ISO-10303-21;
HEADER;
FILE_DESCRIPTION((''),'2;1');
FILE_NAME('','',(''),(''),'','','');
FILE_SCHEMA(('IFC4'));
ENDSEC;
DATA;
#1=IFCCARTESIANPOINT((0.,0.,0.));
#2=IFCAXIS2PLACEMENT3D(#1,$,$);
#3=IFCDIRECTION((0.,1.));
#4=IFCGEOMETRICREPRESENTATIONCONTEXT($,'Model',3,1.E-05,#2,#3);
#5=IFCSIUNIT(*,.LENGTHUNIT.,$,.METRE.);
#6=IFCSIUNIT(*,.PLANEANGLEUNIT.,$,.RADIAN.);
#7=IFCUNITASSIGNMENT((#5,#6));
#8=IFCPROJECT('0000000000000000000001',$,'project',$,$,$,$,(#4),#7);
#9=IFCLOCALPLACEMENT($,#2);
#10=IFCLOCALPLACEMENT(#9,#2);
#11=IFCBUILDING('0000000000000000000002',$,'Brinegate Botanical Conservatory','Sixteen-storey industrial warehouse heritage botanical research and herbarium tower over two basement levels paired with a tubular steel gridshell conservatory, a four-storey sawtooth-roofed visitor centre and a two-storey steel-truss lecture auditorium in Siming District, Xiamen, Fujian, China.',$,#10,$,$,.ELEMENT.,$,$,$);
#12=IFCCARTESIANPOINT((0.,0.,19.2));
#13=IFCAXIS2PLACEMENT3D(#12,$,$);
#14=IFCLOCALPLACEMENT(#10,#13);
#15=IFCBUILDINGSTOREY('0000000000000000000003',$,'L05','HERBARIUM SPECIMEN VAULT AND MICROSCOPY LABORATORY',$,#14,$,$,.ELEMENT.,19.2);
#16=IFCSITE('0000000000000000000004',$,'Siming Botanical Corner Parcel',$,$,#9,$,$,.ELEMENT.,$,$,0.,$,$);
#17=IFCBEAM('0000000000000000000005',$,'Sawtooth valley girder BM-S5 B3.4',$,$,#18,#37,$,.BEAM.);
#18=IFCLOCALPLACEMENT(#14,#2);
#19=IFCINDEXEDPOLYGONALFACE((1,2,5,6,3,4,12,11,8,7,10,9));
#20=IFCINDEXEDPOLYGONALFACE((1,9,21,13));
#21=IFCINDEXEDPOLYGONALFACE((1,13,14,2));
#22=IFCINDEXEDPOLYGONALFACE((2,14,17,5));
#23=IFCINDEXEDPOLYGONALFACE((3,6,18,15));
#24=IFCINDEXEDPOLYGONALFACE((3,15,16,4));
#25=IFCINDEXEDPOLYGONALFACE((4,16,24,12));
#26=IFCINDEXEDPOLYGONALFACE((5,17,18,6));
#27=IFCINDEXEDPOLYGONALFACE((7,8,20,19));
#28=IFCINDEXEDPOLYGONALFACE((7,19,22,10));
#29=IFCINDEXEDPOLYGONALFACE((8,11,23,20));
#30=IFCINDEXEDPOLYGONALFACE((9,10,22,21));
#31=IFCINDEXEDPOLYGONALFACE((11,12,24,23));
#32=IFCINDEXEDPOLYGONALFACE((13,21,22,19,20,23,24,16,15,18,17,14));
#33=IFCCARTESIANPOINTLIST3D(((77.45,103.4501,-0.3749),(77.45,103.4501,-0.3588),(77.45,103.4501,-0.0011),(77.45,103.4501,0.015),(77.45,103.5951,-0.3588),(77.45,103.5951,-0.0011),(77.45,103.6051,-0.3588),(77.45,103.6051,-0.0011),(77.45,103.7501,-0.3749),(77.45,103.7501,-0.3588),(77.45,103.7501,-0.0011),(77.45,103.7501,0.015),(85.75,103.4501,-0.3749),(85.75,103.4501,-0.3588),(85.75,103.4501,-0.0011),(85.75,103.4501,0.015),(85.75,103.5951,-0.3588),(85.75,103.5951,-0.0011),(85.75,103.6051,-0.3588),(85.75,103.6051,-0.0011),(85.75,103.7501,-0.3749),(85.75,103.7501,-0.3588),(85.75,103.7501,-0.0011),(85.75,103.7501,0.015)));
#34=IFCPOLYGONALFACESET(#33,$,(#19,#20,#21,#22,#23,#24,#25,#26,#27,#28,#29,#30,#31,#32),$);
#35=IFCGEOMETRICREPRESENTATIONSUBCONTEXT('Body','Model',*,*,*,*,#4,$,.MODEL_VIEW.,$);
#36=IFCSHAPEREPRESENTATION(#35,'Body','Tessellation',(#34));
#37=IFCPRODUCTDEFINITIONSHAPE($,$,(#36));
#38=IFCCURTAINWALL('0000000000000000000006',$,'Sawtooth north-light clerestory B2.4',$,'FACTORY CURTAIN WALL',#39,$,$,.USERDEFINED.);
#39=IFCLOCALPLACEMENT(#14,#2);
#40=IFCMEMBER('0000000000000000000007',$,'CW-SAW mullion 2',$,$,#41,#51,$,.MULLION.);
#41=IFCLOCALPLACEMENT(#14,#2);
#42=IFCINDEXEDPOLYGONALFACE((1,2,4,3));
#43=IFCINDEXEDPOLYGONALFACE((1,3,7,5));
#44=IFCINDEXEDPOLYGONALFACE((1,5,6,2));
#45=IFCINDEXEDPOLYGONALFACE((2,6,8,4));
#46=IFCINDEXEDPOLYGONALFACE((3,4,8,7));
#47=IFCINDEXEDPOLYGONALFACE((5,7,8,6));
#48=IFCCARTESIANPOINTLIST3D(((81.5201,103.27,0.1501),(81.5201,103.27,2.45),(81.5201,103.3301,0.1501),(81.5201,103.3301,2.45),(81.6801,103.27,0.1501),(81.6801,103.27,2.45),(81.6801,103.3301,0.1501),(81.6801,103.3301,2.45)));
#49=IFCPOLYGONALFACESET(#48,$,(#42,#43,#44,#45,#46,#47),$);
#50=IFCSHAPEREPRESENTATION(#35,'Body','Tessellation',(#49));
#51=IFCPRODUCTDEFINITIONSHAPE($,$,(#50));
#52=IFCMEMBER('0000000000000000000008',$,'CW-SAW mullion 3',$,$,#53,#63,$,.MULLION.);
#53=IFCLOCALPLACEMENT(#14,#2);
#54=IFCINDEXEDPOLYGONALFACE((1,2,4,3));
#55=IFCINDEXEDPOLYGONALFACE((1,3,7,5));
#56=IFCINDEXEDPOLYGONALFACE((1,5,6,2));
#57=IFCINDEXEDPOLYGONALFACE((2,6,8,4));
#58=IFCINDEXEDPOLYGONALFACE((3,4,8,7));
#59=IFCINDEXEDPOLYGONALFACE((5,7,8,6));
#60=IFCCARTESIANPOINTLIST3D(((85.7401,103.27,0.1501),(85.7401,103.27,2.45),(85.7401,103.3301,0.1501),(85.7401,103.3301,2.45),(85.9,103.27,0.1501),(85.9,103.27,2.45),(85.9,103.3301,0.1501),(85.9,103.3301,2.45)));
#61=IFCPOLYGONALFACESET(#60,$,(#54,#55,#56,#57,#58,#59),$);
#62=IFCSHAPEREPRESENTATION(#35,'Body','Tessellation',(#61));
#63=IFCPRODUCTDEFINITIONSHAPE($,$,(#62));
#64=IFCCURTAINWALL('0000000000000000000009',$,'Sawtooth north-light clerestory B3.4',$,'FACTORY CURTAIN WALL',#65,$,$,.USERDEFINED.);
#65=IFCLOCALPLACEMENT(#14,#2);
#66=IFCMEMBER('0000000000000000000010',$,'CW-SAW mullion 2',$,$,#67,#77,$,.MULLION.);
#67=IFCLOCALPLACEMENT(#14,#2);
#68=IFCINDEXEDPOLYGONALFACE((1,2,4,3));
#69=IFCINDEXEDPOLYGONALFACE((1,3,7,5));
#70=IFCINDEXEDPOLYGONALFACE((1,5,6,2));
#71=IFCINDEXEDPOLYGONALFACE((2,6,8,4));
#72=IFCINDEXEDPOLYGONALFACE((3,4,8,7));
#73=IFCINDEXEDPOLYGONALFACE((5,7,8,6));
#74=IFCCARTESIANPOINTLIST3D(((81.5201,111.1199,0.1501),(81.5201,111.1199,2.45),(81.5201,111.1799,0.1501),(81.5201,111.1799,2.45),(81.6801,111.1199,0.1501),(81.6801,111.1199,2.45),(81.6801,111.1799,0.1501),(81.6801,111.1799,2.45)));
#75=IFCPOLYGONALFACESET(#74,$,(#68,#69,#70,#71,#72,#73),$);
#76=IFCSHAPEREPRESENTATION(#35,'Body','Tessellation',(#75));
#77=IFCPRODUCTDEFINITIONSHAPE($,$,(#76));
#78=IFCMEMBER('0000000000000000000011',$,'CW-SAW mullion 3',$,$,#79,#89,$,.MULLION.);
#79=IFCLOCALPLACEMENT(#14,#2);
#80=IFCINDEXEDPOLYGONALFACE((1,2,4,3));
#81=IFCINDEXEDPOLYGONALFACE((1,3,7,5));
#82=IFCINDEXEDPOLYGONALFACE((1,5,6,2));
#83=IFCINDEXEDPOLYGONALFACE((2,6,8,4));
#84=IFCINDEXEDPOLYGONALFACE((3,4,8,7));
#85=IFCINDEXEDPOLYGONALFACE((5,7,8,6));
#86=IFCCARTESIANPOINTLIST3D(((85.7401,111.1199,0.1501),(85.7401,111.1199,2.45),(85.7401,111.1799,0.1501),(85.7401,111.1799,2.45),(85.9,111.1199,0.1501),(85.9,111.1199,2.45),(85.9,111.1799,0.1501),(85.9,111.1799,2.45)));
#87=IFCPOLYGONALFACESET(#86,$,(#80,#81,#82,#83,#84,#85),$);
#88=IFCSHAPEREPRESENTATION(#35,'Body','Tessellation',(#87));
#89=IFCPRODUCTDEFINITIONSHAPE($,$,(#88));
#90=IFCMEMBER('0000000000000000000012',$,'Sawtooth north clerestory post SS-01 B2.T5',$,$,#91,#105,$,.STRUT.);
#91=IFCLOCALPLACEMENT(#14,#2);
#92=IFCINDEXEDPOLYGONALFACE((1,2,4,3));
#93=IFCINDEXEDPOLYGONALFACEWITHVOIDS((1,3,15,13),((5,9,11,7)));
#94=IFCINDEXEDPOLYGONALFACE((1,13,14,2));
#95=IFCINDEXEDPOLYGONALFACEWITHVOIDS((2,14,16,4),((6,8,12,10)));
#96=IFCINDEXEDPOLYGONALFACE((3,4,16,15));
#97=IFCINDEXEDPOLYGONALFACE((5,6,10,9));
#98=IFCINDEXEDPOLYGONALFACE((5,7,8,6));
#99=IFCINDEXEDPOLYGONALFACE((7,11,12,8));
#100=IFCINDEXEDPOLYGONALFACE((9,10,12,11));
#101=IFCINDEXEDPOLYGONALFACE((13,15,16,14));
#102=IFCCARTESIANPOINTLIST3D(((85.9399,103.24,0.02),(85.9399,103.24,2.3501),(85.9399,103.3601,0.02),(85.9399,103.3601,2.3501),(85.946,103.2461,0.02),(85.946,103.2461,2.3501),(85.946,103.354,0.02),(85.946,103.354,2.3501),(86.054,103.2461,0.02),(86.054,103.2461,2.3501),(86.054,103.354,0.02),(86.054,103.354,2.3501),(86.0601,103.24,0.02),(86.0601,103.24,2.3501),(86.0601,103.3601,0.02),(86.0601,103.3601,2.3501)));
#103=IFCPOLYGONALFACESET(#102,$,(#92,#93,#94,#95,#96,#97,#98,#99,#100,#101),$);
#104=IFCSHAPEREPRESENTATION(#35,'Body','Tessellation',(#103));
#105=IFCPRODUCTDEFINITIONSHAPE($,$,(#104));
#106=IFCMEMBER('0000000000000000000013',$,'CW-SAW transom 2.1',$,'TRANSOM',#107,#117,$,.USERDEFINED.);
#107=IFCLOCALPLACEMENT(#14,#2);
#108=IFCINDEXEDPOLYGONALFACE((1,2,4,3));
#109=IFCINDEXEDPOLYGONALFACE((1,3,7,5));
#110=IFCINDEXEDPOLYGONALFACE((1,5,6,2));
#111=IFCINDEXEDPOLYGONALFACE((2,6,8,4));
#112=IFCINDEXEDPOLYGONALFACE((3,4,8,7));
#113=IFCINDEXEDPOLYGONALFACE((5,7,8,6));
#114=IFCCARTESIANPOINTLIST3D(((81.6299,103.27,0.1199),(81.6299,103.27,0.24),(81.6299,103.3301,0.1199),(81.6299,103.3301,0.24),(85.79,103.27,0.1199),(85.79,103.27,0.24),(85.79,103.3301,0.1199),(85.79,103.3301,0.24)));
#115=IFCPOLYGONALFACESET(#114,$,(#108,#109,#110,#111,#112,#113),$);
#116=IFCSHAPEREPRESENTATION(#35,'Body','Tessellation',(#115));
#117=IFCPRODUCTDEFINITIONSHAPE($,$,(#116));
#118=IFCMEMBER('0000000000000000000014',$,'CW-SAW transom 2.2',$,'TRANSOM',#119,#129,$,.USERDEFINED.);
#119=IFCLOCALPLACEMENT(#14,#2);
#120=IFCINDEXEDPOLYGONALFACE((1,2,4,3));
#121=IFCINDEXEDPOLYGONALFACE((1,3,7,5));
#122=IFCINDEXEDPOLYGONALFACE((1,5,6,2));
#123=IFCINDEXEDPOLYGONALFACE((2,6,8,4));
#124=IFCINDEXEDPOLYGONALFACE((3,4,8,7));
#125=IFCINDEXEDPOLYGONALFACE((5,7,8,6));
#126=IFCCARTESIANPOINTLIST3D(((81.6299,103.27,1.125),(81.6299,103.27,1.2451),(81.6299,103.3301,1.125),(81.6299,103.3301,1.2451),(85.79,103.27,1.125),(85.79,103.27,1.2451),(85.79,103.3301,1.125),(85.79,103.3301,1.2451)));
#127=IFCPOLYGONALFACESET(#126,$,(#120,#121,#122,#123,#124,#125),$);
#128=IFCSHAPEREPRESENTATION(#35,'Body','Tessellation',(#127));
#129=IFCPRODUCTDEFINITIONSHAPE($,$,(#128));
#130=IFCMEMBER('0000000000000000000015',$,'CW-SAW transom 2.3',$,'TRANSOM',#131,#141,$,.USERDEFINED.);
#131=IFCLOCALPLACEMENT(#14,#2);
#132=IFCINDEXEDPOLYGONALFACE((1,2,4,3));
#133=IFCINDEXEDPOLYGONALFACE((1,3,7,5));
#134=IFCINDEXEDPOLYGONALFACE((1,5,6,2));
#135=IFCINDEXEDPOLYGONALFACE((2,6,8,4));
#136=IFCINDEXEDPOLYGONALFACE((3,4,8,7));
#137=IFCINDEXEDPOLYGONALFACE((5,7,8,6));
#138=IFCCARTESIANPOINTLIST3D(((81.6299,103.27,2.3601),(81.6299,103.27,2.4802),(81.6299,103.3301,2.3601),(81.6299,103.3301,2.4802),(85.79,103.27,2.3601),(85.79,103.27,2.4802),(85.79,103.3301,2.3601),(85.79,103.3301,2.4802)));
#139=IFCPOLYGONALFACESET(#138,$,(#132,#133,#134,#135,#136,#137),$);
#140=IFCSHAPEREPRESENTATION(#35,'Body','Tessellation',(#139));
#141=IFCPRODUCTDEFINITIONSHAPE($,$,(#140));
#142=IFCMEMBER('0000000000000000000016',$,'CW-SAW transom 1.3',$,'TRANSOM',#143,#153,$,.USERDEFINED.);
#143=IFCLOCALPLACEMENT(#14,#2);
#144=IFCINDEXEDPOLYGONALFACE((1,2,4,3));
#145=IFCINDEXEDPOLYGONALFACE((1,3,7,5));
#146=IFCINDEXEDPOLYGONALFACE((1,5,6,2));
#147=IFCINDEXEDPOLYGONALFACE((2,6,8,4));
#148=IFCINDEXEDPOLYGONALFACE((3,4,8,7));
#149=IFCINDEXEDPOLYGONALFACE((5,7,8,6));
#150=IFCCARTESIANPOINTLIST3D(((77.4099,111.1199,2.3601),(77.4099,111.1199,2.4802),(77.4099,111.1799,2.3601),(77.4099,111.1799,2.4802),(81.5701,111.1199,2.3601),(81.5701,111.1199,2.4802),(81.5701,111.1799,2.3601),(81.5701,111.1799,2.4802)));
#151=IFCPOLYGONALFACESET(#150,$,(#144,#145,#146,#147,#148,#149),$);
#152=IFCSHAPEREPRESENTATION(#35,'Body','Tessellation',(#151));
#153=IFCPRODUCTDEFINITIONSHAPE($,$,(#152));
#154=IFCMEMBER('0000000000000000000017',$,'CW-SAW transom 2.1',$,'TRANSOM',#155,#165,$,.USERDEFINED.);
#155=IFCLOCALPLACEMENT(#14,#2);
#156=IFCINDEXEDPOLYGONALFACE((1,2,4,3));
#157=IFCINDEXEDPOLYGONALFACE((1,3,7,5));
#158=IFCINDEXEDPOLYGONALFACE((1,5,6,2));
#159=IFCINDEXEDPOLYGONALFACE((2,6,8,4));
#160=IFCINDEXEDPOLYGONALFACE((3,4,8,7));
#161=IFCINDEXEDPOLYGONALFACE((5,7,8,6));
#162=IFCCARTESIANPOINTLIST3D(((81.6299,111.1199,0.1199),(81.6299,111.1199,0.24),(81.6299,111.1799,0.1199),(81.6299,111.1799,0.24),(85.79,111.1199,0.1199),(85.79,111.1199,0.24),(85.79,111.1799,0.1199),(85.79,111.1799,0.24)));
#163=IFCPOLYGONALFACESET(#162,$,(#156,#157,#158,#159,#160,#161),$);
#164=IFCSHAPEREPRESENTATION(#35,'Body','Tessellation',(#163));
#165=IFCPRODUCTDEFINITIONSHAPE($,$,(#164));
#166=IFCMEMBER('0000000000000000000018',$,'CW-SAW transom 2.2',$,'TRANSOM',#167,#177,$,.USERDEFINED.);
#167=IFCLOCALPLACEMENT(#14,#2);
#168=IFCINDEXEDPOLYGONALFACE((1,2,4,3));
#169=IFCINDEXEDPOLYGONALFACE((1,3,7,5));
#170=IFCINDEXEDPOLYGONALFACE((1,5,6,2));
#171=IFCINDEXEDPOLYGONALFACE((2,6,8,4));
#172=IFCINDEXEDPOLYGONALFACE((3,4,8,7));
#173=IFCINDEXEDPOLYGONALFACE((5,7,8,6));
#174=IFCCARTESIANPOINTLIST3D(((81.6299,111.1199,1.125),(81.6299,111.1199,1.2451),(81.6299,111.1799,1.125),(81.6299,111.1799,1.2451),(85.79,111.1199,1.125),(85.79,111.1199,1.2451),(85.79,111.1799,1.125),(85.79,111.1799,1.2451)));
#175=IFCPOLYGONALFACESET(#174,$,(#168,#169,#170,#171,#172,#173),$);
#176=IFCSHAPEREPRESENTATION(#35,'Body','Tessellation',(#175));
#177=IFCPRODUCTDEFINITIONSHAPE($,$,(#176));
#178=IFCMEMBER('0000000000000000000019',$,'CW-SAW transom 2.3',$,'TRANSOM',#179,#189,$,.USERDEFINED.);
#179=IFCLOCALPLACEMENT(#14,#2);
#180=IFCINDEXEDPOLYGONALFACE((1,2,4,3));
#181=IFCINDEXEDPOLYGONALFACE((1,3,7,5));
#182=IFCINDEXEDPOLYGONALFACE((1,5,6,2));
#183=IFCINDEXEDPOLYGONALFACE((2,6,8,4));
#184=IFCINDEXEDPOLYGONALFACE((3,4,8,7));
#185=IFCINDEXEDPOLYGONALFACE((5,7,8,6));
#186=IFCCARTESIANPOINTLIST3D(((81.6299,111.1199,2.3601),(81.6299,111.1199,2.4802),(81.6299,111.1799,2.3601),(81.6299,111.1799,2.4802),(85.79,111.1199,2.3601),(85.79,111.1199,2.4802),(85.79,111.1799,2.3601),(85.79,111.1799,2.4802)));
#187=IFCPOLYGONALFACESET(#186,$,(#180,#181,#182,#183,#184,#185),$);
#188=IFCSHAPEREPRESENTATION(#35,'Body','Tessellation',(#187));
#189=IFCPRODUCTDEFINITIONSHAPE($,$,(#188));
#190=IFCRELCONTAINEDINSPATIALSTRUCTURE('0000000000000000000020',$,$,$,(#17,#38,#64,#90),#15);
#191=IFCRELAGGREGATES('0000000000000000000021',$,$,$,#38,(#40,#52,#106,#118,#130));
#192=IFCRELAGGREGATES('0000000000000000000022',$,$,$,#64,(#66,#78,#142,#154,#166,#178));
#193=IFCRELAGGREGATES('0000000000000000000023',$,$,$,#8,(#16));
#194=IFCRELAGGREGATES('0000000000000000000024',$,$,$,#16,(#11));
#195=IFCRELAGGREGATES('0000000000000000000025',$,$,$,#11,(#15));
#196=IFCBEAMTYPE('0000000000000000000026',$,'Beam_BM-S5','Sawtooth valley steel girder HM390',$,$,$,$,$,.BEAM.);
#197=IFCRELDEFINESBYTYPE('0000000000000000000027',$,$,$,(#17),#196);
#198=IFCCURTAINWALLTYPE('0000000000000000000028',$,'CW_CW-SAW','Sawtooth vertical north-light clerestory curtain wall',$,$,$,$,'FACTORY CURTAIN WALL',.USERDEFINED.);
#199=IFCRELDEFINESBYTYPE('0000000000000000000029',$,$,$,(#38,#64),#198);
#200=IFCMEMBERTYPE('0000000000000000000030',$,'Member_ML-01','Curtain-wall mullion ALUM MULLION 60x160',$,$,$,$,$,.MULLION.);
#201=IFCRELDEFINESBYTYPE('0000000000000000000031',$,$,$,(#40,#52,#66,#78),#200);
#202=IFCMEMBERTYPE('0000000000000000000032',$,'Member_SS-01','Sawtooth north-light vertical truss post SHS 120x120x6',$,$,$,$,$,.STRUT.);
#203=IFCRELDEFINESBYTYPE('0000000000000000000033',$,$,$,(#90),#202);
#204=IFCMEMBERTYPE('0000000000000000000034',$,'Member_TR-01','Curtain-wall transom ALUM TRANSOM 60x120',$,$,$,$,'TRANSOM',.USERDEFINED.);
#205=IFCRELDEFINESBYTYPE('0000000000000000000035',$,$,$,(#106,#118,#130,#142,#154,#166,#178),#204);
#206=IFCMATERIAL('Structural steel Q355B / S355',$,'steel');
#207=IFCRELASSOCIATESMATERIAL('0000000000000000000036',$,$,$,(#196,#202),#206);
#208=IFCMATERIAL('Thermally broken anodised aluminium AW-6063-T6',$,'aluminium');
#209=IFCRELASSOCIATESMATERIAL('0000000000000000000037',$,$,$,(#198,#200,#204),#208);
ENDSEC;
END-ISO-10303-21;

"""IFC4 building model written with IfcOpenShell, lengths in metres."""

from ifc_helpers import new_model, si_unit, direction, frame, origin, origin_2d, place, context, subcontext, project, spatial, rectangle, hollow_rectangle, i_section, extrude, material, material_profile, profile_set, type_object, element, aggregate, save


model = new_model("IFC4")

# Units and contexts
model_context = context("Model", 3, precision=1e-05, world=origin(), true_north=direction((0.0, 1.0)))
body_context = subcontext(model_context, "Body", "Model", "MODEL_VIEW")
ifc_project = project(units=[si_unit("LENGTHUNIT", "METRE"), si_unit("PLANEANGLEUNIT", "RADIAN")], contexts=[model_context])

# Site, building, storey
site_placement = place(None, origin())
site = spatial("IfcSite", under=ifc_project, at=site_placement, Name="Siming Botanical Corner Parcel", CompositionType="ELEMENT", RefElevation=0.0)
building_placement = place(site_placement, origin())
building = spatial("IfcBuilding", under=site, at=building_placement, Name="Brinegate Botanical Conservatory", Description="Sixteen-storey industrial warehouse heritage botanical research and herbarium tower over two basement levels paired with a tubular steel gridshell conservatory, a four-storey sawtooth-roofed visitor centre and a two-storey steel-truss lecture auditorium in Siming District, Xiamen, Fujian, China.", CompositionType="ELEMENT")
storey_placement = place(building_placement, frame((0.0, 0.0, 19.2)))
storey = spatial("IfcBuildingStorey", under=building, at=storey_placement, Name="L05", Description="HERBARIUM SPECIMEN VAULT AND MICROSCOPY LABORATORY", CompositionType="ELEMENT", Elevation=19.2)

# Beam
ifc_material_1 = material(Name="Structural steel Q355B / S355", Category="steel")
ifc_material_profile_1 = material_profile(ifc_material_1, i_section(OverallWidth=0.3, OverallDepth=0.3899, WebThickness=0.01, FlangeThickness=0.0161, at=origin_2d()), Name="HM 390x300x10x16")
ifc_profile_set_1 = profile_set([ifc_material_profile_1], Name="Structural steel Q355B / S355")
beam_type = type_object("IfcBeamType", Name="Beam_BM-S5", Description="Sawtooth valley steel girder HM390", PredefinedType="BEAM", material=ifc_profile_set_1)
beam_placement = place(storey_placement, frame((77.45, 103.6001, -0.1799), z_axis=(1.0, 0.0, 0.0), x_axis=(0.0, 1.0, 0.0)))
element("IfcBeam", 1, at=beam_placement, inside=storey, type_object=beam_type, Name="Sawtooth valley girder BM-S5 B3.4", PredefinedType="BEAM", context=body_context, shape_type="SweptSolid", body=[
    extrude(i_section(OverallWidth=0.3, OverallDepth=0.3899, WebThickness=0.01, FlangeThickness=0.0161, at=origin_2d()), origin(), (0.0, 0.0, 1.0), 8.3),
])

# Curtain walls, members
ifc_material_2 = material(Name="Thermally broken anodised aluminium AW-6063-T6", Category="aluminium")
curtain_wall_type = type_object("IfcCurtainWallType", Name="CW_CW-SAW", Description="Sawtooth vertical north-light clerestory curtain wall", ElementType="FACTORY CURTAIN WALL", PredefinedType="USERDEFINED", material=ifc_material_2)
curtain_wall_1_placement = place(storey_placement, origin())
curtain_wall_1 = element("IfcCurtainWall", 2, at=curtain_wall_1_placement, inside=storey, type_object=curtain_wall_type, Name="Sawtooth north-light clerestory B2.4", ObjectType="FACTORY CURTAIN WALL", PredefinedType="USERDEFINED")
ifc_material_profile_2 = material_profile(ifc_material_2, rectangle(XDim=0.0601, YDim=0.1599, at=origin_2d()), Name="ALUM MULLION 60x160")
ifc_profile_set_2 = profile_set([ifc_material_profile_2], Name="Thermally broken anodised aluminium AW-6063-T6")
member_type_1 = type_object("IfcMemberType", Name="Member_ML-01", Description="Curtain-wall mullion ALUM MULLION 60x160", PredefinedType="MULLION", material=ifc_profile_set_2)
member_1_placement = place(storey_placement, frame((81.6001, 103.3, 0.1501), z_axis=(0.0, 0.0, 1.0), x_axis=(0.0, 1.0, 0.0)))
member_1 = element("IfcMember", 3, at=member_1_placement, type_object=member_type_1, Name="CW-SAW mullion 2", PredefinedType="MULLION", context=body_context, shape_type="SweptSolid", body=[
    extrude(rectangle(XDim=0.0601, YDim=0.1599, at=origin_2d()), origin(), (0.0, 0.0, 1.0), 2.2998),
])
member_2_placement = place(storey_placement, frame((85.8201, 103.3, 0.1501), z_axis=(0.0, 0.0, 1.0), x_axis=(0.0, 1.0, 0.0)))
member_2 = element("IfcMember", 4, at=member_2_placement, type_object=member_type_1, Name="CW-SAW mullion 3", PredefinedType="MULLION", context=body_context, shape_type="SweptSolid", body=[
    extrude(rectangle(XDim=0.0601, YDim=0.1599, at=origin_2d()), origin(), (0.0, 0.0, 1.0), 2.2998),
])
curtain_wall_2_placement = place(storey_placement, origin())
curtain_wall_2 = element("IfcCurtainWall", 5, at=curtain_wall_2_placement, inside=storey, type_object=curtain_wall_type, Name="Sawtooth north-light clerestory B3.4", ObjectType="FACTORY CURTAIN WALL", PredefinedType="USERDEFINED")
member_3_placement = place(storey_placement, frame((81.6001, 111.1499, 0.1501), z_axis=(0.0, 0.0, 1.0), x_axis=(0.0, 1.0, 0.0)))
member_3 = element("IfcMember", 6, at=member_3_placement, type_object=member_type_1, Name="CW-SAW mullion 2", PredefinedType="MULLION", context=body_context, shape_type="SweptSolid", body=[
    extrude(rectangle(XDim=0.0601, YDim=0.1599, at=origin_2d()), origin(), (0.0, 0.0, 1.0), 2.2998),
])
member_4_placement = place(storey_placement, frame((85.8201, 111.1499, 0.1501), z_axis=(0.0, 0.0, 1.0), x_axis=(0.0, 1.0, 0.0)))
member_4 = element("IfcMember", 7, at=member_4_placement, type_object=member_type_1, Name="CW-SAW mullion 3", PredefinedType="MULLION", context=body_context, shape_type="SweptSolid", body=[
    extrude(rectangle(XDim=0.0601, YDim=0.1599, at=origin_2d()), origin(), (0.0, 0.0, 1.0), 2.2998),
])

# Members
ifc_material_profile_3 = material_profile(ifc_material_1, hollow_rectangle(XDim=0.1201, YDim=0.1201, WallThickness=0.0061, at=origin_2d()), Name="SHS 120x120x6")
ifc_profile_set_3 = profile_set([ifc_material_profile_3], Name="Structural steel Q355B / S355")
member_type_2 = type_object("IfcMemberType", Name="Member_SS-01", Description="Sawtooth north-light vertical truss post SHS 120x120x6", PredefinedType="STRUT", material=ifc_profile_set_3)
member_5_placement = place(storey_placement, frame((86.0, 103.3, 0.02), z_axis=(0.0, 0.0, 1.0), x_axis=(1.0, 0.0, 0.0)))
element("IfcMember", 8, at=member_5_placement, inside=storey, type_object=member_type_2, Name="Sawtooth north clerestory post SS-01 B2.T5", PredefinedType="STRUT", context=body_context, shape_type="SweptSolid", body=[
    extrude(hollow_rectangle(XDim=0.1201, YDim=0.1201, WallThickness=0.0061, at=origin_2d()), origin(), (0.0, 0.0, 1.0), 2.3301),
])
ifc_material_profile_4 = material_profile(ifc_material_2, rectangle(XDim=0.0601, YDim=0.1201, at=origin_2d()), Name="ALUM TRANSOM 60x120")
ifc_profile_set_4 = profile_set([ifc_material_profile_4], Name="Thermally broken anodised aluminium AW-6063-T6")
member_type_3 = type_object("IfcMemberType", Name="Member_TR-01", Description="Curtain-wall transom ALUM TRANSOM 60x120", ElementType="TRANSOM", PredefinedType="USERDEFINED", material=ifc_profile_set_4)
member_6_placement = place(storey_placement, frame((81.6299, 103.3, 0.1799), z_axis=(1.0, 0.0, 0.0), x_axis=(0.0, 1.0, 0.0)))
member_6 = element("IfcMember", 9, at=member_6_placement, type_object=member_type_3, Name="CW-SAW transom 2.1", ObjectType="TRANSOM", PredefinedType="USERDEFINED", context=body_context, shape_type="SweptSolid", body=[
    extrude(rectangle(XDim=0.0601, YDim=0.1201, at=origin_2d()), origin(), (0.0, 0.0, 1.0), 4.1602),
])
member_7_placement = place(storey_placement, frame((81.6299, 103.3, 1.1851), z_axis=(1.0, 0.0, 0.0), x_axis=(0.0, 1.0, 0.0)))
member_7 = element("IfcMember", 10, at=member_7_placement, type_object=member_type_3, Name="CW-SAW transom 2.2", ObjectType="TRANSOM", PredefinedType="USERDEFINED", context=body_context, shape_type="SweptSolid", body=[
    extrude(rectangle(XDim=0.0601, YDim=0.1201, at=origin_2d()), origin(), (0.0, 0.0, 1.0), 4.1602),
])
member_8_placement = place(storey_placement, frame((81.6299, 103.3, 2.4202), z_axis=(1.0, 0.0, 0.0), x_axis=(0.0, 1.0, 0.0)))
member_8 = element("IfcMember", 11, at=member_8_placement, type_object=member_type_3, Name="CW-SAW transom 2.3", ObjectType="TRANSOM", PredefinedType="USERDEFINED", context=body_context, shape_type="SweptSolid", body=[
    extrude(rectangle(XDim=0.0601, YDim=0.1201, at=origin_2d()), origin(), (0.0, 0.0, 1.0), 4.1602),
])
member_9_placement = place(storey_placement, frame((77.4099, 111.1499, 2.4202), z_axis=(1.0, 0.0, 0.0), x_axis=(0.0, 1.0, 0.0)))
member_9 = element("IfcMember", 12, at=member_9_placement, type_object=member_type_3, Name="CW-SAW transom 1.3", ObjectType="TRANSOM", PredefinedType="USERDEFINED", context=body_context, shape_type="SweptSolid", body=[
    extrude(rectangle(XDim=0.0601, YDim=0.1201, at=origin_2d()), origin(), (0.0, 0.0, 1.0), 4.1602),
])
member_10_placement = place(storey_placement, frame((81.6299, 111.1499, 0.1799), z_axis=(1.0, 0.0, 0.0), x_axis=(0.0, 1.0, 0.0)))
member_10 = element("IfcMember", 13, at=member_10_placement, type_object=member_type_3, Name="CW-SAW transom 2.1", ObjectType="TRANSOM", PredefinedType="USERDEFINED", context=body_context, shape_type="SweptSolid", body=[
    extrude(rectangle(XDim=0.0601, YDim=0.1201, at=origin_2d()), origin(), (0.0, 0.0, 1.0), 4.1602),
])
member_11_placement = place(storey_placement, frame((81.6299, 111.1499, 1.1851), z_axis=(1.0, 0.0, 0.0), x_axis=(0.0, 1.0, 0.0)))
member_11 = element("IfcMember", 14, at=member_11_placement, type_object=member_type_3, Name="CW-SAW transom 2.2", ObjectType="TRANSOM", PredefinedType="USERDEFINED", context=body_context, shape_type="SweptSolid", body=[
    extrude(rectangle(XDim=0.0601, YDim=0.1201, at=origin_2d()), origin(), (0.0, 0.0, 1.0), 4.1602),
])
member_12_placement = place(storey_placement, frame((81.6299, 111.1499, 2.4202), z_axis=(1.0, 0.0, 0.0), x_axis=(0.0, 1.0, 0.0)))
member_12 = element("IfcMember", 15, at=member_12_placement, type_object=member_type_3, Name="CW-SAW transom 2.3", ObjectType="TRANSOM", PredefinedType="USERDEFINED", context=body_context, shape_type="SweptSolid", body=[
    extrude(rectangle(XDim=0.0601, YDim=0.1201, at=origin_2d()), origin(), (0.0, 0.0, 1.0), 4.1602),
])

aggregate(curtain_wall_1, [member_1, member_2, member_6, member_7, member_8])
aggregate(curtain_wall_2, [member_3, member_4, member_9, member_10, member_11, member_12])

save(model, "model.ifc")
